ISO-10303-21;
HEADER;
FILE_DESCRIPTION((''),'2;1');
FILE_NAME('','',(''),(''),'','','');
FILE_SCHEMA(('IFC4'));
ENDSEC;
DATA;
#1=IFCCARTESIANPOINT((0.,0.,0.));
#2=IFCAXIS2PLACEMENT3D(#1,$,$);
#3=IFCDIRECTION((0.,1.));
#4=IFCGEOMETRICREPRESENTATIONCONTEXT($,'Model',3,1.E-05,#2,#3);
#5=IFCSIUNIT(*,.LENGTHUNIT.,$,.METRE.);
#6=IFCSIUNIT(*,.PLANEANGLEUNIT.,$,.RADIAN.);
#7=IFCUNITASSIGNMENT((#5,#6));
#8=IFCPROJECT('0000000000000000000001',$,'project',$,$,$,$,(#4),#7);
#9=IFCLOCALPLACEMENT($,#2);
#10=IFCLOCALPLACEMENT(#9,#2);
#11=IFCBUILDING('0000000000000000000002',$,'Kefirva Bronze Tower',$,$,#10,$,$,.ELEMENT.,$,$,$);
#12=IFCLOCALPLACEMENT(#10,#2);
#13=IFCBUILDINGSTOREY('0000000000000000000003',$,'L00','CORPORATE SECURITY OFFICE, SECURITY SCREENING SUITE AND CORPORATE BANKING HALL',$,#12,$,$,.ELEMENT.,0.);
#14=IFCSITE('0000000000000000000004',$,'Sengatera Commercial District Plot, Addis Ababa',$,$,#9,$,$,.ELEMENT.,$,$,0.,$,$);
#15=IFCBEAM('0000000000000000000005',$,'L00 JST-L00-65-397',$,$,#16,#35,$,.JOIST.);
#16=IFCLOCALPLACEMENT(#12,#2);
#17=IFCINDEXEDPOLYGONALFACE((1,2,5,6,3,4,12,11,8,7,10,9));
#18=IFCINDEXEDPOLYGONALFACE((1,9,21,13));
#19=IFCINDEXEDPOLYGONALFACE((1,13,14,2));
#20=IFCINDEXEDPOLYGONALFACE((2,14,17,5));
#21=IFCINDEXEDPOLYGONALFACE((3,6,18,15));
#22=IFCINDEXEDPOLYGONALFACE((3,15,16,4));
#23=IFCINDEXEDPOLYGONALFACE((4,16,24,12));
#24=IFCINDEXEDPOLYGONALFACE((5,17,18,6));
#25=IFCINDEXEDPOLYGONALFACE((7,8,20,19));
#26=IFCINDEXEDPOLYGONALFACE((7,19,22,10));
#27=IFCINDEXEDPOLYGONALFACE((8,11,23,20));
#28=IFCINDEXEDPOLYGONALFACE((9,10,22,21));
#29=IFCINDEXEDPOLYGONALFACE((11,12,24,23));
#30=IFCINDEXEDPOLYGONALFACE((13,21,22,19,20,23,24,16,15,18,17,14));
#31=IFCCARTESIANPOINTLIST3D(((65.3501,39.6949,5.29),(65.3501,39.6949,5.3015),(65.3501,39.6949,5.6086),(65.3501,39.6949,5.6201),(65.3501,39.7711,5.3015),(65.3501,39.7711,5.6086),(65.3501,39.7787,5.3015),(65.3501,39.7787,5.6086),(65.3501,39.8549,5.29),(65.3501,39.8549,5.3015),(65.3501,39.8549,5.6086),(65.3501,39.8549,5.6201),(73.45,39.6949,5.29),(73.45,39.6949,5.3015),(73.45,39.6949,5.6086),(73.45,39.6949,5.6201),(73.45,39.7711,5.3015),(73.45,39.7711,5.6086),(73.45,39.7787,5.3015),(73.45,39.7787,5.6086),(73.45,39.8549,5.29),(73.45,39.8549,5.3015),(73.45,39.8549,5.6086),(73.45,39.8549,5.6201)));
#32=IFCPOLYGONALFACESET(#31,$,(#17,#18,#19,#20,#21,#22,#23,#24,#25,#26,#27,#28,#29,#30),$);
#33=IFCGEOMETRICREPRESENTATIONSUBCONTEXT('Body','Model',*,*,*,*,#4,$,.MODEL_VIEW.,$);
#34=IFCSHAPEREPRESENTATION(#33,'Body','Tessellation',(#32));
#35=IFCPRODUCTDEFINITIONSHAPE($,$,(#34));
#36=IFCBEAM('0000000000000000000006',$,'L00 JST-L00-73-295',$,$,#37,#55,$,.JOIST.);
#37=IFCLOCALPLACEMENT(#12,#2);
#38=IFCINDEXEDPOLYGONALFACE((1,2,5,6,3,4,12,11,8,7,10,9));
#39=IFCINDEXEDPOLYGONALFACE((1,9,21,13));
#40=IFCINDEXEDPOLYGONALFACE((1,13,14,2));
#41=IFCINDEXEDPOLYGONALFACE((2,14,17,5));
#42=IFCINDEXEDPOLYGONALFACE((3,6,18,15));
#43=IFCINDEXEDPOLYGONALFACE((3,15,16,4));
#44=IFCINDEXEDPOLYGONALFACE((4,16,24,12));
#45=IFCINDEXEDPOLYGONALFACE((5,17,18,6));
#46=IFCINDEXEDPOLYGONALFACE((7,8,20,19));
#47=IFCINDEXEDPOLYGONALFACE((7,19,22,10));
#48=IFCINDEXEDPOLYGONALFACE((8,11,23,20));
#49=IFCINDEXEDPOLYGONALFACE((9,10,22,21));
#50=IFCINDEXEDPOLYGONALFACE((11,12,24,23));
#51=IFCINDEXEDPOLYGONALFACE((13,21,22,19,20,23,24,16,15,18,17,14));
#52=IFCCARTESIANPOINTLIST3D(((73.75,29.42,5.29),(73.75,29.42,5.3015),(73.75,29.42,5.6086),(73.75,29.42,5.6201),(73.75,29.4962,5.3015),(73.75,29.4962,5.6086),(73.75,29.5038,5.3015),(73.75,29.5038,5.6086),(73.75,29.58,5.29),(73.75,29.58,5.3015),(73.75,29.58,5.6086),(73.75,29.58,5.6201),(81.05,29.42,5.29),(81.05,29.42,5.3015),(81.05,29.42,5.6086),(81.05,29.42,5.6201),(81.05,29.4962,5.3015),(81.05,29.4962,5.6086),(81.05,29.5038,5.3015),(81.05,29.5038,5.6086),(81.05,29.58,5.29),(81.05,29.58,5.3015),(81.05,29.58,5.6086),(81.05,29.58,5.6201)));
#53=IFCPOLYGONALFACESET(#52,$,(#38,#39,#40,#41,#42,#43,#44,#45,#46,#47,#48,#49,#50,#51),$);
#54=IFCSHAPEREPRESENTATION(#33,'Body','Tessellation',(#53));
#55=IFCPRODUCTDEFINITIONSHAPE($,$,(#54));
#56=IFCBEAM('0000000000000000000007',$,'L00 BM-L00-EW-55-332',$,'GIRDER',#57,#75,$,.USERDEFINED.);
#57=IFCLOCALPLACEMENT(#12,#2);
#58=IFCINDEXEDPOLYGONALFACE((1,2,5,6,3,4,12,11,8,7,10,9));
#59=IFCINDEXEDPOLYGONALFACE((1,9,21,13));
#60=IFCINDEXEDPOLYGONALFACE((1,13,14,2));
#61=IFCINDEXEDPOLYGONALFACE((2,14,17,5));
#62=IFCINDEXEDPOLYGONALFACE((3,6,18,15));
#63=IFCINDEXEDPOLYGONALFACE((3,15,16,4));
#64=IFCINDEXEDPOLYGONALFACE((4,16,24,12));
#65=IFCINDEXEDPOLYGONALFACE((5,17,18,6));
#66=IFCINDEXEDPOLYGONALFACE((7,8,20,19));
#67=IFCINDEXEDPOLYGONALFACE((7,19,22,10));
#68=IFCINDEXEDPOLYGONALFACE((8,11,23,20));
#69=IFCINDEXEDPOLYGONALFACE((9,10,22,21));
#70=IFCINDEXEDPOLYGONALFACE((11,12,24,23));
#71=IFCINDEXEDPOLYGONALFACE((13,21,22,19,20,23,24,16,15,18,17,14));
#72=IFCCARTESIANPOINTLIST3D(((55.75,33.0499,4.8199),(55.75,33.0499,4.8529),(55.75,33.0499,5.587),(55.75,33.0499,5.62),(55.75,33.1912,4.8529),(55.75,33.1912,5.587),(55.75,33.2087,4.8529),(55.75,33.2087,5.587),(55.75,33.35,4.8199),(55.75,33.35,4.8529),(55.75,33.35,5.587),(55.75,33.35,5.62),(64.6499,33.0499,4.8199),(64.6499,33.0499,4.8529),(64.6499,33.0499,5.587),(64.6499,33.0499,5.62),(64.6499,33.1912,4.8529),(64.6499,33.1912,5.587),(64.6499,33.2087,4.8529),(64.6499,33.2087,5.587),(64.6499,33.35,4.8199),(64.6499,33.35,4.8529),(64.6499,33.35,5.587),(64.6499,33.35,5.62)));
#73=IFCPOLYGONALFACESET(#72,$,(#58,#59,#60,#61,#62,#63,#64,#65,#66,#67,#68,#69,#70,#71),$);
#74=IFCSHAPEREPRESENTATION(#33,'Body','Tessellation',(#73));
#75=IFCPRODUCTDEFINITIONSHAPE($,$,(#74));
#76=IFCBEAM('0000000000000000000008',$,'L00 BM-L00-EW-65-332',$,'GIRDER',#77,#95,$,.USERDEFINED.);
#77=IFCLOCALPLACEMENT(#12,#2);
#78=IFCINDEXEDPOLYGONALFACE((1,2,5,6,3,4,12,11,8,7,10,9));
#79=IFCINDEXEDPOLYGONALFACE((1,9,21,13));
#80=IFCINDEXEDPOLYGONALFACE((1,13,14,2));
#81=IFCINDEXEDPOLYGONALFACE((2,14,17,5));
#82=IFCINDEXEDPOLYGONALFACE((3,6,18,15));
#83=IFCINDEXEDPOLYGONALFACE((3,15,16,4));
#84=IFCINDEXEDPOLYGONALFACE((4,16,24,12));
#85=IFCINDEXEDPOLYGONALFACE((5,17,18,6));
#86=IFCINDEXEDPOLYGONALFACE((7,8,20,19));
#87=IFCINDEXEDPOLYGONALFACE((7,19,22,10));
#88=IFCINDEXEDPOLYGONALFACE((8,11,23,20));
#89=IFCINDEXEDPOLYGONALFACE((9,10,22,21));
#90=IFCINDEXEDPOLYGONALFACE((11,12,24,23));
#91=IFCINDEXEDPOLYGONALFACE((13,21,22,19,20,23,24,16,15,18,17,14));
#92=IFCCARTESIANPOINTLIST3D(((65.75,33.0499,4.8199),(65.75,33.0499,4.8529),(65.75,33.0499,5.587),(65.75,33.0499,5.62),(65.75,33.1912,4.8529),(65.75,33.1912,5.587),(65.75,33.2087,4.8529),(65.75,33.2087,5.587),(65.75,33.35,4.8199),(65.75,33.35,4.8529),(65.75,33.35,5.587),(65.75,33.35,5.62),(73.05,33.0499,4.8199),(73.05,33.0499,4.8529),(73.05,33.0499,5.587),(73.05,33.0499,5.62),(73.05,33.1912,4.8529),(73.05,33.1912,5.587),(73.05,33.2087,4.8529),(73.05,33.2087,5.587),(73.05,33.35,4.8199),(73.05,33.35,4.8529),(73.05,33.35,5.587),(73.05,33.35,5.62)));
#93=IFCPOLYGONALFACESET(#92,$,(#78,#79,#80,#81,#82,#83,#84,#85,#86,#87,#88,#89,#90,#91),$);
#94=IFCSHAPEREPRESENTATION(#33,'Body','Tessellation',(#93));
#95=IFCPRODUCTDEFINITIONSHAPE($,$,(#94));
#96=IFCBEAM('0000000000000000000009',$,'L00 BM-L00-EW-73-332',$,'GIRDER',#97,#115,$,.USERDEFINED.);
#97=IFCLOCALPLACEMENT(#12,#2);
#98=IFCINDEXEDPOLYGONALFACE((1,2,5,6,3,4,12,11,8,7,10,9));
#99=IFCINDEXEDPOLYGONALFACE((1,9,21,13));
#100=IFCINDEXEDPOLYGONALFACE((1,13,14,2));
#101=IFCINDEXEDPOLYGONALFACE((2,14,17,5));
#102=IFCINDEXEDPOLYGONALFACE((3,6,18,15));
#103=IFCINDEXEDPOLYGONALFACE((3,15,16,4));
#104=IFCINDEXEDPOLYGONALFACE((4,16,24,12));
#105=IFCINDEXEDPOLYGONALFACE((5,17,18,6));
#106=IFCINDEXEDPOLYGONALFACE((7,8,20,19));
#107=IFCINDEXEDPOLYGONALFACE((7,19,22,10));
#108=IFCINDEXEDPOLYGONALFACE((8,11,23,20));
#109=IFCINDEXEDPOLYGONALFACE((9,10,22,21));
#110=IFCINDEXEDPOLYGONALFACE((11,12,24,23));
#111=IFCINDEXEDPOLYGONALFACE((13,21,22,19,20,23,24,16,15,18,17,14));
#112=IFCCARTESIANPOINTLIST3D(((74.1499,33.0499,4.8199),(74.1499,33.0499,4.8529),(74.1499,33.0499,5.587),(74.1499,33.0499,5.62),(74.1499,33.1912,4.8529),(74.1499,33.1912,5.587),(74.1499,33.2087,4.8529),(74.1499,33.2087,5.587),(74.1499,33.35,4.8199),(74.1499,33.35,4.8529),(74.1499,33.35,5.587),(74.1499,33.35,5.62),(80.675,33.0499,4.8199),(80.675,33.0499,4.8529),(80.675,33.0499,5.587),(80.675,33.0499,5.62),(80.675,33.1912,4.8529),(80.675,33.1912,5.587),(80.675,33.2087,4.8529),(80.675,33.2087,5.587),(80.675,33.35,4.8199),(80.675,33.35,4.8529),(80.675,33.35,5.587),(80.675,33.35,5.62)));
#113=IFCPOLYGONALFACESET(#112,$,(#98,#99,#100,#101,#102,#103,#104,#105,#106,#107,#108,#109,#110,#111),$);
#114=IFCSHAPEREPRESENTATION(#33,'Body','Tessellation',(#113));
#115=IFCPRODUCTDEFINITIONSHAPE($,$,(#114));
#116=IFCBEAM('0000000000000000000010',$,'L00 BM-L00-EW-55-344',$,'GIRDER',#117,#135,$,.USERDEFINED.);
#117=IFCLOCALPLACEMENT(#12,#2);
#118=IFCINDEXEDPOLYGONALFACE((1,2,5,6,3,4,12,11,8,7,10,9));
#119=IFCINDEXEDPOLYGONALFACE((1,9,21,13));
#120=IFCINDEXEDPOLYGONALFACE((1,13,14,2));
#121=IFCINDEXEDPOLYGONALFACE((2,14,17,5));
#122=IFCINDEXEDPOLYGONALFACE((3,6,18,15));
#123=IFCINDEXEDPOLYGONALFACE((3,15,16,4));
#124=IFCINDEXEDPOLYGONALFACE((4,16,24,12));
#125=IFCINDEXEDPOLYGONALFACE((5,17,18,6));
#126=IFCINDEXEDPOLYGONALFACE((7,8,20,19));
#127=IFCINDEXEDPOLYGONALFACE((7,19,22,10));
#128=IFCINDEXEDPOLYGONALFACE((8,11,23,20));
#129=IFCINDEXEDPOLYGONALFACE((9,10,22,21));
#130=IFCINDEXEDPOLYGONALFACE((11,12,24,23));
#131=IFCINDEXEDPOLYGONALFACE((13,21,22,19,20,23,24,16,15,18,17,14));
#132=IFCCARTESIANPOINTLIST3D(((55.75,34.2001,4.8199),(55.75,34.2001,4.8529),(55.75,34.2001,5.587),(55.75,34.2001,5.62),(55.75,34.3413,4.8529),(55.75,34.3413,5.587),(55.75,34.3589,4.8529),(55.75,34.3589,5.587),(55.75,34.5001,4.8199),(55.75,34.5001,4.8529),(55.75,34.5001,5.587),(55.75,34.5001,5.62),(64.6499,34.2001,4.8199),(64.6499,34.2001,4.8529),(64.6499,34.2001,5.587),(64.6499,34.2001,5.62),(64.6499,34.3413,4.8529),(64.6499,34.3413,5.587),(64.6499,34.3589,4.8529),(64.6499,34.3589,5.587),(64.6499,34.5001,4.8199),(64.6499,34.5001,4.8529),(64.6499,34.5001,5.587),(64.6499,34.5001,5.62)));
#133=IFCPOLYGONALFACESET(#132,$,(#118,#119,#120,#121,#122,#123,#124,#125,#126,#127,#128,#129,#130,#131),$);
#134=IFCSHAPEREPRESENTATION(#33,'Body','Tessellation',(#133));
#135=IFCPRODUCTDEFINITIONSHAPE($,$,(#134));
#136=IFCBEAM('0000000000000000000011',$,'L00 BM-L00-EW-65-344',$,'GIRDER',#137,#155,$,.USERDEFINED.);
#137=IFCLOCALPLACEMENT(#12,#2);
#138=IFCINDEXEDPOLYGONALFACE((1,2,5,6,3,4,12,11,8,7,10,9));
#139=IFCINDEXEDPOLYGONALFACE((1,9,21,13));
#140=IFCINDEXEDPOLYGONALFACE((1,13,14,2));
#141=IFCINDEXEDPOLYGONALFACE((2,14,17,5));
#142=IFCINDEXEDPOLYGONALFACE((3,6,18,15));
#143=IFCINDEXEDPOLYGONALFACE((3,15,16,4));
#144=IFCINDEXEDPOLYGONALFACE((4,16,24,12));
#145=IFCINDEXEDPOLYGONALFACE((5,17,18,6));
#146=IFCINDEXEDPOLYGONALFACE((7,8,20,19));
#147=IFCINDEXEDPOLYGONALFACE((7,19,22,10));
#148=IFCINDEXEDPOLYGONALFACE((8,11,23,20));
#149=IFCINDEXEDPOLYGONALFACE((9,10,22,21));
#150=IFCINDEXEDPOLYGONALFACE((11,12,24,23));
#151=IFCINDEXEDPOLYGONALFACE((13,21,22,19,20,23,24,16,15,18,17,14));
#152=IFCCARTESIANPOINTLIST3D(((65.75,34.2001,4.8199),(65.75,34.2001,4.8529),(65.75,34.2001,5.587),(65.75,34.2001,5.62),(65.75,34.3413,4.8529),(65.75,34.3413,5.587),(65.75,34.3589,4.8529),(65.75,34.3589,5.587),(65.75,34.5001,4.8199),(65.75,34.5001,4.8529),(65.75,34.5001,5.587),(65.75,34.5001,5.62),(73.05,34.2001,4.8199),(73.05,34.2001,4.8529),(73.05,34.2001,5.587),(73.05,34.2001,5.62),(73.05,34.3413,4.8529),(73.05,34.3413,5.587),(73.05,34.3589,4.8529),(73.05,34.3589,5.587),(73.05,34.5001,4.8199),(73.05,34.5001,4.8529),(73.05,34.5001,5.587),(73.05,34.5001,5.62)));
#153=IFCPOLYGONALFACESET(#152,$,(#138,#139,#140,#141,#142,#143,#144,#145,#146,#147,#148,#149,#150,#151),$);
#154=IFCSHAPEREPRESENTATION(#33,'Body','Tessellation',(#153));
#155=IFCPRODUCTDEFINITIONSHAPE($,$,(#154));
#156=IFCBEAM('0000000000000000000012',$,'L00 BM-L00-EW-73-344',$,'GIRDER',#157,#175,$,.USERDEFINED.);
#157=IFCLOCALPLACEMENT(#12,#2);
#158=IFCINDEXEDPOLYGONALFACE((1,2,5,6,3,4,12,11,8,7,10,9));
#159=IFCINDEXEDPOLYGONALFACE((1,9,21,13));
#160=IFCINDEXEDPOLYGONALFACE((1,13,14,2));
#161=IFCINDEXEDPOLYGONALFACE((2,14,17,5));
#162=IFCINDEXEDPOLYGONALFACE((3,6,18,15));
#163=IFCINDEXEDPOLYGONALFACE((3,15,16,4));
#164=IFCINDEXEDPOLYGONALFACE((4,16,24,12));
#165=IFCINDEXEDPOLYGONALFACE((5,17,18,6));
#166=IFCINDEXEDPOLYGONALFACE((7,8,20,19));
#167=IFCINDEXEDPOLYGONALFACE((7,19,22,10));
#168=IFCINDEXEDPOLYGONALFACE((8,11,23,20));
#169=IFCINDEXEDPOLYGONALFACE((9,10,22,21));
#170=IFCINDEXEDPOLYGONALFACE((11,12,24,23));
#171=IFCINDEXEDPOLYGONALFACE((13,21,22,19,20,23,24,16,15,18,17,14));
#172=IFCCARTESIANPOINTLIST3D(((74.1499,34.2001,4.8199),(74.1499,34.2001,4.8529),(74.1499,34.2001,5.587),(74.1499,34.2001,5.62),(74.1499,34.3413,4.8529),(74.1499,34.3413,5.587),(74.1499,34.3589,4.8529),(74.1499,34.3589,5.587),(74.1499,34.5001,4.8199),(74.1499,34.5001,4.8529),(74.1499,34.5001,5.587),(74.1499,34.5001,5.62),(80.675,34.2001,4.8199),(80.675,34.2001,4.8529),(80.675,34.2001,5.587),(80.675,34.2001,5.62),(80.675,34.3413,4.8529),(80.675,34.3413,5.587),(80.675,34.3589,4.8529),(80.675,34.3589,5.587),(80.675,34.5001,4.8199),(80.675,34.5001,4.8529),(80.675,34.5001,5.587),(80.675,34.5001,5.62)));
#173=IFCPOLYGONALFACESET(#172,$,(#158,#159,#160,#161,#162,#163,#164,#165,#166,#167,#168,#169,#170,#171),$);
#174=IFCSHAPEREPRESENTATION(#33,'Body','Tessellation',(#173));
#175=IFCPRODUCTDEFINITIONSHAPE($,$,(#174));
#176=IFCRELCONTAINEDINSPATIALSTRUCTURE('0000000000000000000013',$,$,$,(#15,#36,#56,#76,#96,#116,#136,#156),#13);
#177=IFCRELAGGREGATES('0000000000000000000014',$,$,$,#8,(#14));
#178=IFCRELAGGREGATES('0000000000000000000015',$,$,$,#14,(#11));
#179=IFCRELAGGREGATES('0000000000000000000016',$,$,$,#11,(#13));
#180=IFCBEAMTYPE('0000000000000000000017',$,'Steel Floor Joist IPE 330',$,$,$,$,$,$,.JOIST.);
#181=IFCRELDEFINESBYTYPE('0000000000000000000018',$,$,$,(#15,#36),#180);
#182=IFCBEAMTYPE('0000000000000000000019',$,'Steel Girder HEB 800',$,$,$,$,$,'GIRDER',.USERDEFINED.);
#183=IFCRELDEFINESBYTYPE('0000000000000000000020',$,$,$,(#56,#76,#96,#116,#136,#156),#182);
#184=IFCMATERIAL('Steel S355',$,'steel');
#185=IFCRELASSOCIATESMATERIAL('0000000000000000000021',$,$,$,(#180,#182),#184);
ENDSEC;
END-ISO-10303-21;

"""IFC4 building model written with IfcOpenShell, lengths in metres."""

from ifc_helpers import new_model, si_unit, direction, frame, origin, origin_2d, place, context, subcontext, project, spatial, i_section, extrude, material, material_profile, profile_set, type_object, element, save


model = new_model("IFC4")

# Units and contexts
model_context = context("Model", 3, precision=1e-05, world=origin(), true_north=direction((0.0, 1.0)))
body_context = subcontext(model_context, "Body", "Model", "MODEL_VIEW")
ifc_project = project(units=[si_unit("LENGTHUNIT", "METRE"), si_unit("PLANEANGLEUNIT", "RADIAN")], contexts=[model_context])

# Site, building, storey
site_placement = place(None, origin())
site = spatial("IfcSite", under=ifc_project, at=site_placement, Name="Sengatera Commercial District Plot, Addis Ababa", CompositionType="ELEMENT", RefElevation=0.0)
building_placement = place(site_placement, origin())
building = spatial("IfcBuilding", under=site, at=building_placement, Name="Kefirva Bronze Tower", CompositionType="ELEMENT")
storey_placement = place(building_placement, origin())
storey = spatial("IfcBuildingStorey", under=building, at=storey_placement, Name="L00", Description="CORPORATE SECURITY OFFICE, SECURITY SCREENING SUITE AND CORPORATE BANKING HALL", CompositionType="ELEMENT", Elevation=0.0)

# Beams
ifc_material_1 = material(Name="Steel S355", Category="steel")
ifc_material_profile_1 = material_profile(ifc_material_1, i_section(OverallWidth=0.1599, OverallDepth=0.3301, WebThickness=0.0076, FlangeThickness=0.0115, at=origin_2d()), Name="IPE 330")
ifc_profile_set_1 = profile_set([ifc_material_profile_1], Name="Steel S355")
beam_type_1 = type_object("IfcBeamType", Name="Steel Floor Joist IPE 330", PredefinedType="JOIST", material=ifc_profile_set_1)
for number, where, z_axis, x_axis, name in (
    (1, (65.3501, 39.7749, 5.4551), (1.0, 0.0, 0.0), (0.0, 1.0, 0.0), "L00 JST-L00-65-397"),
):
    element("IfcBeam", number, at=place(storey_placement, frame(where, z_axis=z_axis, x_axis=x_axis)), inside=storey, type_object=beam_type_1, Name=name, PredefinedType="JOIST", context=body_context, shape_type="SweptSolid", body=[
        extrude(i_section(OverallWidth=0.1599, OverallDepth=0.3301, WebThickness=0.0076, FlangeThickness=0.0115, at=origin_2d()), origin(), (0.0, 0.0, 1.0), 8.0999),
    ])
beam_1_placement = place(storey_placement, frame((73.75, 29.5, 5.4551), z_axis=(1.0, 0.0, 0.0), x_axis=(0.0, 1.0, 0.0)))
element("IfcBeam", 2, at=beam_1_placement, inside=storey, type_object=beam_type_1, Name="L00 JST-L00-73-295", PredefinedType="JOIST", context=body_context, shape_type="SweptSolid", body=[
    extrude(i_section(OverallWidth=0.1599, OverallDepth=0.3301, WebThickness=0.0076, FlangeThickness=0.0115, at=origin_2d()), origin(), (0.0, 0.0, 1.0), 7.3),
])
ifc_material_profile_2 = material_profile(ifc_material_1, i_section(OverallWidth=0.3, OverallDepth=0.8, WebThickness=0.0176, FlangeThickness=0.033, at=origin_2d()), Name="HEB 800")
ifc_profile_set_2 = profile_set([ifc_material_profile_2], Name="Steel S355")
beam_type_2 = type_object("IfcBeamType", Name="Steel Girder HEB 800", ElementType="GIRDER", PredefinedType="USERDEFINED", material=ifc_profile_set_2)
beam_2_placement = place(storey_placement, frame((55.75, 33.2, 5.22), z_axis=(1.0, 0.0, 0.0), x_axis=(0.0, 1.0, 0.0)))
element("IfcBeam", 3, at=beam_2_placement, inside=storey, type_object=beam_type_2, Name="L00 BM-L00-EW-55-332", ObjectType="GIRDER", PredefinedType="USERDEFINED", context=body_context, shape_type="SweptSolid", body=[
    extrude(i_section(OverallWidth=0.3, OverallDepth=0.8, WebThickness=0.0176, FlangeThickness=0.033, at=origin_2d()), origin(), (0.0, 0.0, 1.0), 8.8999),
])
beam_3_placement = place(storey_placement, frame((65.75, 33.2, 5.22), z_axis=(1.0, 0.0, 0.0), x_axis=(0.0, 1.0, 0.0)))
element("IfcBeam", 4, at=beam_3_placement, inside=storey, type_object=beam_type_2, Name="L00 BM-L00-EW-65-332", ObjectType="GIRDER", PredefinedType="USERDEFINED", context=body_context, shape_type="SweptSolid", body=[
    extrude(i_section(OverallWidth=0.3, OverallDepth=0.8, WebThickness=0.0176, FlangeThickness=0.033, at=origin_2d()), origin(), (0.0, 0.0, 1.0), 7.3),
])
beam_4_placement = place(storey_placement, frame((74.1499, 33.2, 5.22), z_axis=(1.0, 0.0, 0.0), x_axis=(0.0, 1.0, 0.0)))
element("IfcBeam", 5, at=beam_4_placement, inside=storey, type_object=beam_type_2, Name="L00 BM-L00-EW-73-332", ObjectType="GIRDER", PredefinedType="USERDEFINED", context=body_context, shape_type="SweptSolid", body=[
    extrude(i_section(OverallWidth=0.3, OverallDepth=0.8, WebThickness=0.0176, FlangeThickness=0.033, at=origin_2d()), origin(), (0.0, 0.0, 1.0), 6.5251),
])
beam_5_placement = place(storey_placement, frame((55.75, 34.3501, 5.22), z_axis=(1.0, 0.0, 0.0), x_axis=(0.0, 1.0, 0.0)))
element("IfcBeam", 6, at=beam_5_placement, inside=storey, type_object=beam_type_2, Name="L00 BM-L00-EW-55-344", ObjectType="GIRDER", PredefinedType="USERDEFINED", context=body_context, shape_type="SweptSolid", body=[
    extrude(i_section(OverallWidth=0.3, OverallDepth=0.8, WebThickness=0.0176, FlangeThickness=0.033, at=origin_2d()), origin(), (0.0, 0.0, 1.0), 8.8999),
])
beam_6_placement = place(storey_placement, frame((65.75, 34.3501, 5.22), z_axis=(1.0, 0.0, 0.0), x_axis=(0.0, 1.0, 0.0)))
element("IfcBeam", 7, at=beam_6_placement, inside=storey, type_object=beam_type_2, Name="L00 BM-L00-EW-65-344", ObjectType="GIRDER", PredefinedType="USERDEFINED", context=body_context, shape_type="SweptSolid", body=[
    extrude(i_section(OverallWidth=0.3, OverallDepth=0.8, WebThickness=0.0176, FlangeThickness=0.033, at=origin_2d()), origin(), (0.0, 0.0, 1.0), 7.3),
])
beam_7_placement = place(storey_placement, frame((74.1499, 34.3501, 5.22), z_axis=(1.0, 0.0, 0.0), x_axis=(0.0, 1.0, 0.0)))
element("IfcBeam", 8, at=beam_7_placement, inside=storey, type_object=beam_type_2, Name="L00 BM-L00-EW-73-344", ObjectType="GIRDER", PredefinedType="USERDEFINED", context=body_context, shape_type="SweptSolid", body=[
    extrude(i_section(OverallWidth=0.3, OverallDepth=0.8, WebThickness=0.0176, FlangeThickness=0.033, at=origin_2d()), origin(), (0.0, 0.0, 1.0), 6.5251),
])

save(model, "model.ifc")
